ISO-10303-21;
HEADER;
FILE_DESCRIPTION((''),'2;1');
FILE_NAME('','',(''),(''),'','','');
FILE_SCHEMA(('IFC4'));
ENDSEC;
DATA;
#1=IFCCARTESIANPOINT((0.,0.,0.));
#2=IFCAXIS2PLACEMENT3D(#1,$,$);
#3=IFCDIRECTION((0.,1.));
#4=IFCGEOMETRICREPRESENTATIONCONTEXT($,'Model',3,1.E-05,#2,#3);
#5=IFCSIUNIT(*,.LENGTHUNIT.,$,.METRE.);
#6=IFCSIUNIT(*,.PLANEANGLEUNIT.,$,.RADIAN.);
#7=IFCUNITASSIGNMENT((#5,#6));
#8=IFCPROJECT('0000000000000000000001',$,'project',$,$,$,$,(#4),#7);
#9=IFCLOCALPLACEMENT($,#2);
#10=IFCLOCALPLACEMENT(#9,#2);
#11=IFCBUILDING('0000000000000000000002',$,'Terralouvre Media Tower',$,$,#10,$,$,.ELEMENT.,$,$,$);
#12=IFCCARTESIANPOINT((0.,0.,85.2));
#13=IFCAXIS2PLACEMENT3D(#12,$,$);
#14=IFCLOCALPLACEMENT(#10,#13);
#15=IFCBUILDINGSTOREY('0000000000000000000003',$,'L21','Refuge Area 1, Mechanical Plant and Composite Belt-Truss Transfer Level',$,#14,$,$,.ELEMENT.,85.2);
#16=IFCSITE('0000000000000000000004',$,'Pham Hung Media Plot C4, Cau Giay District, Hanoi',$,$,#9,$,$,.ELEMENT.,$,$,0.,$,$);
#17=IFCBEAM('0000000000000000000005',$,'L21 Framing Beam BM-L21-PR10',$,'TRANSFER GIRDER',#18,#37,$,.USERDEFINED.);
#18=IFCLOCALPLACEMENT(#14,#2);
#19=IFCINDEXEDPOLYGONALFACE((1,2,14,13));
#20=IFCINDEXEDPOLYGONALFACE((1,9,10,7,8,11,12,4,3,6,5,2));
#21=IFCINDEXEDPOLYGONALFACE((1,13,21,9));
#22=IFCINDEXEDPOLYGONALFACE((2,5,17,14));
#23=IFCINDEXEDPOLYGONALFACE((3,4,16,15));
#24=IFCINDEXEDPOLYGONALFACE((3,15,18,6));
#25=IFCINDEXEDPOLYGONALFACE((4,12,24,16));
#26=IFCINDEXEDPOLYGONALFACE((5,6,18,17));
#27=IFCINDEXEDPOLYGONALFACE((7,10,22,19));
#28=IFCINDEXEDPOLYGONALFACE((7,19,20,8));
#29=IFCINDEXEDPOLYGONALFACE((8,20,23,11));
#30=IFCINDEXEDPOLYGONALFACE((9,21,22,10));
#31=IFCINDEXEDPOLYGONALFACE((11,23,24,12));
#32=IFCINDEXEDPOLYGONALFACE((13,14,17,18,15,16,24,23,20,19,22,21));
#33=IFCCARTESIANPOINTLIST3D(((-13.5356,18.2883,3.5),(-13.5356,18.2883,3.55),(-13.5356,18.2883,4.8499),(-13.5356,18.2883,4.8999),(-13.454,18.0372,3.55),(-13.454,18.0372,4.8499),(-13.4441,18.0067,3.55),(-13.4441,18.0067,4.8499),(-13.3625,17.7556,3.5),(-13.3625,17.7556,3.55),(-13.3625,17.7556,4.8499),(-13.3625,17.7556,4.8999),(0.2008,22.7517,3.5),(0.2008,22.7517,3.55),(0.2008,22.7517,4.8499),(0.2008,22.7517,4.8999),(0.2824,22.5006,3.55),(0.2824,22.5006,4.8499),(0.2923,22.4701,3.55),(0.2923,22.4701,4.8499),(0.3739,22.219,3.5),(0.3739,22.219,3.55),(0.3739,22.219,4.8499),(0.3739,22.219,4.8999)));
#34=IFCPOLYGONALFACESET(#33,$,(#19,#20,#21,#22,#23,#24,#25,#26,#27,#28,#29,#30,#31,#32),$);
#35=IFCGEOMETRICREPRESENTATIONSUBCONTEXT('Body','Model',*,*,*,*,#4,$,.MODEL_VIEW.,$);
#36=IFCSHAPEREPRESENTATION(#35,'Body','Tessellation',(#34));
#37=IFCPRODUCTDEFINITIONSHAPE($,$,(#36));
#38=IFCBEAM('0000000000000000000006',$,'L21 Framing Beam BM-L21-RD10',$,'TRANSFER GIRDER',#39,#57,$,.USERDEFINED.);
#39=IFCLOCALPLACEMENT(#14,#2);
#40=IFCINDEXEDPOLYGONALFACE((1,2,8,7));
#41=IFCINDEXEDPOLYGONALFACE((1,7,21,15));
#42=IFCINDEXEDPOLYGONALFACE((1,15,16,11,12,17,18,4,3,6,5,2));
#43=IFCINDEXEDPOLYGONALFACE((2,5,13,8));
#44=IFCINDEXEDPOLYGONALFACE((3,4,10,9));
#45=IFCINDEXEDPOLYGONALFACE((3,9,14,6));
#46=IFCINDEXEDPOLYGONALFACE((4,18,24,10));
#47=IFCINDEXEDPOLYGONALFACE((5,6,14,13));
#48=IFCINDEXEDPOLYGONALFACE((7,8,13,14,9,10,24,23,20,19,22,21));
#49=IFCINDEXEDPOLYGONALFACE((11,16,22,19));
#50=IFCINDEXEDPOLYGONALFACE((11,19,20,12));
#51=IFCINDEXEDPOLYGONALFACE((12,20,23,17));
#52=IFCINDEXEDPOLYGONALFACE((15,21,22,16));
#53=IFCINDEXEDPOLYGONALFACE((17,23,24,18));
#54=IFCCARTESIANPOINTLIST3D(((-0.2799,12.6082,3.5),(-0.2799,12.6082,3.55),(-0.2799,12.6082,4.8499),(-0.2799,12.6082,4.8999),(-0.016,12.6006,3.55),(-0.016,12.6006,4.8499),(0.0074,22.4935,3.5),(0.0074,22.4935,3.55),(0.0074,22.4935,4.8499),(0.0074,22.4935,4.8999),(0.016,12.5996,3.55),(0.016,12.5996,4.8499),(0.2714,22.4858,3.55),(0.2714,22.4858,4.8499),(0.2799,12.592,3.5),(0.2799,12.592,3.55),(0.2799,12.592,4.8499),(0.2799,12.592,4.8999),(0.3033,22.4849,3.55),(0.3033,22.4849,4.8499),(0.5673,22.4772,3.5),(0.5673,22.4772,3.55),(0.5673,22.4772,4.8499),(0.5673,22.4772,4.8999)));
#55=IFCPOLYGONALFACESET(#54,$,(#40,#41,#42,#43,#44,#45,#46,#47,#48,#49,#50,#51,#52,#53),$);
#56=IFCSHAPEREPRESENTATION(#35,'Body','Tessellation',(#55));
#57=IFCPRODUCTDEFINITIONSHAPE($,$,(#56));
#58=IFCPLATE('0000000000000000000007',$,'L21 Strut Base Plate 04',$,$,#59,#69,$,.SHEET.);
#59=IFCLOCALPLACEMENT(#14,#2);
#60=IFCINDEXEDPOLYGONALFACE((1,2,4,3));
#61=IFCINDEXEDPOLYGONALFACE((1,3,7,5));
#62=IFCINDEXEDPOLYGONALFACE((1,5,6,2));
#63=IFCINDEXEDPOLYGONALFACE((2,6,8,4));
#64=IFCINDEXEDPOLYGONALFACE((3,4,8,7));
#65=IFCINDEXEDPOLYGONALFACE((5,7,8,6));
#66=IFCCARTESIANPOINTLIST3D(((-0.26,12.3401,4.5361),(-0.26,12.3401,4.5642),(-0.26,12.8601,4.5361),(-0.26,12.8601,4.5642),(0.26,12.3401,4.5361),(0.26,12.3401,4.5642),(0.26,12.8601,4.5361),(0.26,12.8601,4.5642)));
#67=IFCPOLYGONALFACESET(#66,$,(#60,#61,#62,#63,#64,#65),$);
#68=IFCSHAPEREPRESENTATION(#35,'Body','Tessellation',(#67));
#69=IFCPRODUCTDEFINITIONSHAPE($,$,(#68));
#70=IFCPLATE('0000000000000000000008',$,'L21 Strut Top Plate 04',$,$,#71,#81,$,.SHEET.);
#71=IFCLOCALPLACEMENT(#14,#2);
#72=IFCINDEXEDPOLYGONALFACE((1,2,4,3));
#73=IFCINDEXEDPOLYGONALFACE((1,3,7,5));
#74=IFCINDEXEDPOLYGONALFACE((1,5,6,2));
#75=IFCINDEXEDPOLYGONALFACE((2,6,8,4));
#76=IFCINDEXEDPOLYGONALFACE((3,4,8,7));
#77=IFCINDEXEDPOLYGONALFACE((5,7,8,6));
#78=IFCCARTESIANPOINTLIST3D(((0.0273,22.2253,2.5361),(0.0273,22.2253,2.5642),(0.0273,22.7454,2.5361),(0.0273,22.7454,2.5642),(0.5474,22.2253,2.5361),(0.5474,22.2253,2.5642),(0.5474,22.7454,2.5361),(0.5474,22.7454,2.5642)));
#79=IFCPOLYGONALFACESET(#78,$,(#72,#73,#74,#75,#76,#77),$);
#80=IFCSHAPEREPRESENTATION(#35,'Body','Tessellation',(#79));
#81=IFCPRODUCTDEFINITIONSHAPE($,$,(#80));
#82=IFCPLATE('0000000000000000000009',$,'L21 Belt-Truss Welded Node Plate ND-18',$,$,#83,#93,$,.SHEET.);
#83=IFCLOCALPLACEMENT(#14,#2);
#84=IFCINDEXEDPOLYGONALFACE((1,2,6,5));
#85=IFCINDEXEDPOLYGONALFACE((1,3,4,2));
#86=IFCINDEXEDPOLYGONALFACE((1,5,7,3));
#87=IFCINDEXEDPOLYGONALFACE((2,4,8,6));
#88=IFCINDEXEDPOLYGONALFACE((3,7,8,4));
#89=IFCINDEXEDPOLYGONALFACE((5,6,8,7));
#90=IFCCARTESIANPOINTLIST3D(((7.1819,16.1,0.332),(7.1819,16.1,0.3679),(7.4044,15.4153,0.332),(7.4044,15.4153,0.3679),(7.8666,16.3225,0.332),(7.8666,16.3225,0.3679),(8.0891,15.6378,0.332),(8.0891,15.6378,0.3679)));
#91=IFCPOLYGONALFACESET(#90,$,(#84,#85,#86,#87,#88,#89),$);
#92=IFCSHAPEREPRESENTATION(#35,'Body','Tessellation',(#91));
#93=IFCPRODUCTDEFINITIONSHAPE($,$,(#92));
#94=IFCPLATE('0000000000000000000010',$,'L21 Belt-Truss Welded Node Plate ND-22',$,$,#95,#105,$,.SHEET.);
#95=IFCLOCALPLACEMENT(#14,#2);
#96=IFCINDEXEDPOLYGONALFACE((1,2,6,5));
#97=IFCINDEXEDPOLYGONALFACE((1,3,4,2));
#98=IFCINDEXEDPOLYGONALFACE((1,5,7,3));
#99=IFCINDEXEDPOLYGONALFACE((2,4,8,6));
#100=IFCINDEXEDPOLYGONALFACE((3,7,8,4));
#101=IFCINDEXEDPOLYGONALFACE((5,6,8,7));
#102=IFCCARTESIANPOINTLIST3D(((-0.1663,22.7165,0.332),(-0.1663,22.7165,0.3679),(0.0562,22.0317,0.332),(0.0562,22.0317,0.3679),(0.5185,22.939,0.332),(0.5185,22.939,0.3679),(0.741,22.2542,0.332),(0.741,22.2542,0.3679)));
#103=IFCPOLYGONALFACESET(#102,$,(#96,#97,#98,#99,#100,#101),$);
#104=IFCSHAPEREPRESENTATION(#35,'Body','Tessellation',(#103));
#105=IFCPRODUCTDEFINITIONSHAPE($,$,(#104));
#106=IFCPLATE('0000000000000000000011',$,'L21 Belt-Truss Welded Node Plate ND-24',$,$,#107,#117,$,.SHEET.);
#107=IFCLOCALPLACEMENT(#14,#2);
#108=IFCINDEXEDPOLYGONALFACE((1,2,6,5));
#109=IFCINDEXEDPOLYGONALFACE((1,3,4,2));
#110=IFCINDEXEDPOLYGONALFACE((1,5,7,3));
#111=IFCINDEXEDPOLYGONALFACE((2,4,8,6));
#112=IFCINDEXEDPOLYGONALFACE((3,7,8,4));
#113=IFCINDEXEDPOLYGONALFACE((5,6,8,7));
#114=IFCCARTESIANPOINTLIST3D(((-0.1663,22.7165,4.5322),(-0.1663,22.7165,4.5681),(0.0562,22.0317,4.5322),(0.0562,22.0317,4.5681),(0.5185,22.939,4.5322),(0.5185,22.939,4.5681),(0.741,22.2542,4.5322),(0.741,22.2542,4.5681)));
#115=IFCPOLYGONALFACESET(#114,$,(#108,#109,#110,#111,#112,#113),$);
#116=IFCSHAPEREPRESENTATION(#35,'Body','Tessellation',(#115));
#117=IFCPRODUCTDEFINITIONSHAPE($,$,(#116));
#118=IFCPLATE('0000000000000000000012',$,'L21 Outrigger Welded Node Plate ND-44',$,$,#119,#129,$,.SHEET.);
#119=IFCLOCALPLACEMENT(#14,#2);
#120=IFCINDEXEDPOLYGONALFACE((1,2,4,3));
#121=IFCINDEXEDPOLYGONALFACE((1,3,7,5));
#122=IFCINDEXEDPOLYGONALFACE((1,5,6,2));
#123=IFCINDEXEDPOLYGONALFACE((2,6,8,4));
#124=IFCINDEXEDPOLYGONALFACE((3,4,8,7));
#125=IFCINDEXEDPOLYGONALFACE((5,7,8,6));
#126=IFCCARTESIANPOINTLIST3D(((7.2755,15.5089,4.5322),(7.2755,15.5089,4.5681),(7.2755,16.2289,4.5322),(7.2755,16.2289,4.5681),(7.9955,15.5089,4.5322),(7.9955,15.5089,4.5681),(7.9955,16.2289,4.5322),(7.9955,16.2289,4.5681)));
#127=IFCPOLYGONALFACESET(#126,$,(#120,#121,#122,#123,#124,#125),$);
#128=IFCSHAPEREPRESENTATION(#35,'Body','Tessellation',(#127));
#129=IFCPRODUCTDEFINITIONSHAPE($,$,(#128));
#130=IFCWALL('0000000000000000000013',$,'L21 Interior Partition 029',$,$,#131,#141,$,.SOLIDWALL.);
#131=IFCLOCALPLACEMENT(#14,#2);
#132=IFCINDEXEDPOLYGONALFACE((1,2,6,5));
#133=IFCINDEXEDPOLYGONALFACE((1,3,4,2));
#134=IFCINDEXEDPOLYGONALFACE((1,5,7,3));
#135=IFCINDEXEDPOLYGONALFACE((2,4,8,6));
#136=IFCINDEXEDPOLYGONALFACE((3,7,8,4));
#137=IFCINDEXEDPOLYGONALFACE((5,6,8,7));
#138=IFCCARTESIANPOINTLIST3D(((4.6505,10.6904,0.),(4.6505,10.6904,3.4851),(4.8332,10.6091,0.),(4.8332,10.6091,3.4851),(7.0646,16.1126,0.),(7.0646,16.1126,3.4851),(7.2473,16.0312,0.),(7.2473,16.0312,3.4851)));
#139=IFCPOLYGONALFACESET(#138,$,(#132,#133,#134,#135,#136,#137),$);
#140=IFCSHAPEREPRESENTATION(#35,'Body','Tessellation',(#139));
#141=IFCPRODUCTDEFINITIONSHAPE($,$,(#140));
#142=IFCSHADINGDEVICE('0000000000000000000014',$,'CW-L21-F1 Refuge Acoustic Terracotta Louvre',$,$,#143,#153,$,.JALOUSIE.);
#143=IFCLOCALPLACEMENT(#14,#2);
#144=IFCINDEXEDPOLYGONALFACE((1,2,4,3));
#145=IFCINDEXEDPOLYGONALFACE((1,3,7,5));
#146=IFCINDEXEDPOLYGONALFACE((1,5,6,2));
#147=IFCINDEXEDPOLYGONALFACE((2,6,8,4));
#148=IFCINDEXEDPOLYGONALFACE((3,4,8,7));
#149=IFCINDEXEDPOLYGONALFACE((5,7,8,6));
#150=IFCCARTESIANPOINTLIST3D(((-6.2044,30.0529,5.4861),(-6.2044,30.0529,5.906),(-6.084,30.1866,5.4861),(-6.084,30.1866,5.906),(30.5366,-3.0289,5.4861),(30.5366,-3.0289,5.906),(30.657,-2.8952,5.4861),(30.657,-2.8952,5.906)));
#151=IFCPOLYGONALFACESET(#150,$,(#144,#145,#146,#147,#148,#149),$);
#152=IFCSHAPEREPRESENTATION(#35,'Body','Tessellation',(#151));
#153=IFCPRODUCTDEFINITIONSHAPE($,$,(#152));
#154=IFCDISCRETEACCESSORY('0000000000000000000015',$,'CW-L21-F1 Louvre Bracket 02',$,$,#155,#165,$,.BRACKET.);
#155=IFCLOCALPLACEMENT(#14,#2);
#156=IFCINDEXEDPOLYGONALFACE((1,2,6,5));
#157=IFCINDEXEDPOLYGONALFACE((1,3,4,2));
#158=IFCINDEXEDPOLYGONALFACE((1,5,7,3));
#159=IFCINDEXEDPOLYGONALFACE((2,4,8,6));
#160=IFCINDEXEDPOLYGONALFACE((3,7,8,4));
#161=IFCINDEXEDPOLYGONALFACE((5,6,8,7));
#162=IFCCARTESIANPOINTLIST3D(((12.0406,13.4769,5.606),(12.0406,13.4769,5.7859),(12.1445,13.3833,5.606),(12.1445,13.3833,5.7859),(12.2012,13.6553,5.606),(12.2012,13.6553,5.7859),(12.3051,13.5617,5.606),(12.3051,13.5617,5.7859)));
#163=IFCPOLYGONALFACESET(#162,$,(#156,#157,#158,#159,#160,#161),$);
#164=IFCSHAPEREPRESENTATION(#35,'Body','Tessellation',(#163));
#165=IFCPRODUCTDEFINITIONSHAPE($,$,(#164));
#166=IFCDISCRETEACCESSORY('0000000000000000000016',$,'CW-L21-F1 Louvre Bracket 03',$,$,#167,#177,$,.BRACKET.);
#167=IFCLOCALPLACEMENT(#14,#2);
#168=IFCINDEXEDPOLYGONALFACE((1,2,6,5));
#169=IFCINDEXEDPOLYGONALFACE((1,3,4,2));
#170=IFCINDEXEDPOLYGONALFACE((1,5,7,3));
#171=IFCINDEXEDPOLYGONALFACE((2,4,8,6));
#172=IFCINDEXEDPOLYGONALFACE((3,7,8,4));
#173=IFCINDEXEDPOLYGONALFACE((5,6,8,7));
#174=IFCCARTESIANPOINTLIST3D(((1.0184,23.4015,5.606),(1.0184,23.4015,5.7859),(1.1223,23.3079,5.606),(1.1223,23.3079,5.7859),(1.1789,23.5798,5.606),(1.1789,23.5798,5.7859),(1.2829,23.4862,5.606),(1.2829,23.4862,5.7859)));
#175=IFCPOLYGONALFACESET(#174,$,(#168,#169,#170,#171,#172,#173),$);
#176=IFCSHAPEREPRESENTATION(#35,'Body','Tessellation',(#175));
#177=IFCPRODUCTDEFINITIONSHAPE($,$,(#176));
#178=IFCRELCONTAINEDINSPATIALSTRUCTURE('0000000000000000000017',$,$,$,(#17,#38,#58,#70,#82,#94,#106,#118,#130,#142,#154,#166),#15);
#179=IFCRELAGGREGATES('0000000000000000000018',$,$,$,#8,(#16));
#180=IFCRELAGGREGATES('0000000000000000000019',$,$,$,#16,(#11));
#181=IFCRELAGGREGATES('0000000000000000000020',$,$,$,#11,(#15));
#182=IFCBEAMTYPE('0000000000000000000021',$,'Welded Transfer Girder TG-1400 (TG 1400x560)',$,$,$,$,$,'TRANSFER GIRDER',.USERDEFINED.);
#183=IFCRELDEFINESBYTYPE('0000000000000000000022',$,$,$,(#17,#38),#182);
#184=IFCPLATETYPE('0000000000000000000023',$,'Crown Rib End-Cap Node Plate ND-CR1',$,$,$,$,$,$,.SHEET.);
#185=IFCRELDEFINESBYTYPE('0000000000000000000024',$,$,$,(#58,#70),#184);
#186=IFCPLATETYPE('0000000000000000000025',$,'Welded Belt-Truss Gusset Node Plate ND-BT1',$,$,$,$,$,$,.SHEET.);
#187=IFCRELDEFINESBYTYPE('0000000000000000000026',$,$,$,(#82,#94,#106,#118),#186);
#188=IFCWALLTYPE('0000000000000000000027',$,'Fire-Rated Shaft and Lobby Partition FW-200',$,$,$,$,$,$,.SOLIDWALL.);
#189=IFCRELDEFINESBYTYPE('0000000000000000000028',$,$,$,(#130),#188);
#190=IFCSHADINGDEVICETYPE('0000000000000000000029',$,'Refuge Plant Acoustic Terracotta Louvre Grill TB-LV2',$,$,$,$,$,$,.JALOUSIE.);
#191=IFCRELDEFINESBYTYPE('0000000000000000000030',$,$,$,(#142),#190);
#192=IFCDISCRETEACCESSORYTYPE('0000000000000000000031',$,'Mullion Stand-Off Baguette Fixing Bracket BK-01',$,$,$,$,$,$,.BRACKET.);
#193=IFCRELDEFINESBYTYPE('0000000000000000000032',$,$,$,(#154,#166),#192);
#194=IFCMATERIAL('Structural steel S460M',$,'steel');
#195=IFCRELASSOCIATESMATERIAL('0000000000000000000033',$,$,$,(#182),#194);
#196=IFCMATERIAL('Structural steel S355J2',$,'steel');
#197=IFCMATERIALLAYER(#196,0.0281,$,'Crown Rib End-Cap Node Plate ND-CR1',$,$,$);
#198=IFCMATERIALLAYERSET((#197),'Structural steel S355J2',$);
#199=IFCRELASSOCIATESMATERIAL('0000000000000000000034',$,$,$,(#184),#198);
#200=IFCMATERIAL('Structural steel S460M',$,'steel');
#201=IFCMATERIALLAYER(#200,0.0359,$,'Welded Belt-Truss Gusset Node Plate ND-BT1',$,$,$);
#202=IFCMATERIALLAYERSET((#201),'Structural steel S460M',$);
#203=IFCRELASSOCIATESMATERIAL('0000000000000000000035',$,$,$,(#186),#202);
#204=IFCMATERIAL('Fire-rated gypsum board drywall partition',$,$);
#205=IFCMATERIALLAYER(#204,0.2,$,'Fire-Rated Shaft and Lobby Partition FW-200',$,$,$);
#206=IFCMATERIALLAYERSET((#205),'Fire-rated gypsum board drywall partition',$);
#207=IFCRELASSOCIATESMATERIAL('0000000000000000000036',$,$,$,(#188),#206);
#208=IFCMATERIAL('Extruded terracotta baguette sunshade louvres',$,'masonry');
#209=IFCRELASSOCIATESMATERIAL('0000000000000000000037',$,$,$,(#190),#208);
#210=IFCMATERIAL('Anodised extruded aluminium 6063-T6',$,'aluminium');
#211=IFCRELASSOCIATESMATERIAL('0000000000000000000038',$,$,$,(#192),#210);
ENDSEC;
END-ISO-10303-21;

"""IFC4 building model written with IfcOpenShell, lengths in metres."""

from ifc_helpers import new_model, si_unit, direction, frame, frame_2d, origin, origin_2d, place, context, subcontext, project, spatial, rectangle, i_section, extrude, material, layer, layer_set, material_profile, profile_set, type_object, element, save


model = new_model("IFC4")

# Units and contexts
model_context = context("Model", 3, precision=1e-05, world=origin(), true_north=direction((0.0, 1.0)))
body_context = subcontext(model_context, "Body", "Model", "MODEL_VIEW")
ifc_project = project(units=[si_unit("LENGTHUNIT", "METRE"), si_unit("PLANEANGLEUNIT", "RADIAN")], contexts=[model_context])

# Site, building, storey
site_placement = place(None, origin())
site = spatial("IfcSite", under=ifc_project, at=site_placement, Name="Pham Hung Media Plot C4, Cau Giay District, Hanoi", CompositionType="ELEMENT", RefElevation=0.0)
building_placement = place(site_placement, origin())
building = spatial("IfcBuilding", under=site, at=building_placement, Name="Terralouvre Media Tower", CompositionType="ELEMENT")
storey_placement = place(building_placement, frame((0.0, 0.0, 85.2)))
storey = spatial("IfcBuildingStorey", under=building, at=storey_placement, Name="L21", Description="Refuge Area 1, Mechanical Plant and Composite Belt-Truss Transfer Level", CompositionType="ELEMENT", Elevation=85.2)

# Beams
ifc_material_1 = material(Name="Structural steel S460M", Category="steel")
ifc_material_profile_1 = material_profile(ifc_material_1, i_section(OverallWidth=0.5601, OverallDepth=1.3999, WebThickness=0.032, FlangeThickness=0.05, at=origin_2d()), Name="TG 1400x560")
ifc_profile_set_1 = profile_set([ifc_material_profile_1], Name="Structural steel S460M")
beam_type_1 = type_object("IfcBeamType", Name="Welded Transfer Girder TG-1400 (TG 1400x560)", ElementType="TRANSFER GIRDER", PredefinedType="USERDEFINED", material=ifc_profile_set_1)
beam_1_placement = place(storey_placement, frame((0.2874, 22.4854, 4.2), z_axis=(-0.951053, -0.309028, 0.0), x_axis=(0.309028, -0.951053, 0.0)))
element("IfcBeam", 1, at=beam_1_placement, inside=storey, type_object=beam_type_1, Name="L21 Framing Beam BM-L21-PR10", ObjectType="TRANSFER GIRDER", PredefinedType="USERDEFINED", context=body_context, shape_type="SweptSolid", body=[
    extrude(i_section(OverallWidth=0.5601, OverallDepth=1.3999, WebThickness=0.032, FlangeThickness=0.05, at=origin_2d()), origin(), (0.0, 0.0, 1.0), 14.4434),
])
beam_2_placement = place(storey_placement, frame((0.0, 12.6001, 4.2), z_axis=(0.029057, 0.999578, 0.0), x_axis=(-0.999578, 0.029057, 0.0)))
element("IfcBeam", 2, at=beam_2_placement, inside=storey, type_object=beam_type_1, Name="L21 Framing Beam BM-L21-RD10", ObjectType="TRANSFER GIRDER", PredefinedType="USERDEFINED", context=body_context, shape_type="SweptSolid", body=[
    extrude(i_section(OverallWidth=0.5601, OverallDepth=1.3999, WebThickness=0.032, FlangeThickness=0.05, at=origin_2d()), origin(), (0.0, 0.0, 1.0), 9.8894),
])

# Plates
ifc_material_2 = material(Name="Structural steel S355J2", Category="steel")
ifc_layer_1 = layer(ifc_material_2, 0.0281, Name="Crown Rib End-Cap Node Plate ND-CR1")
ifc_layer_set_1 = layer_set([ifc_layer_1], Name="Structural steel S355J2")
plate_type_1 = type_object("IfcPlateType", Name="Crown Rib End-Cap Node Plate ND-CR1", PredefinedType="SHEET", material=ifc_layer_set_1)
for number, where, z_axis, x_axis, name in (
    (3, (0.0, 12.6001, 4.5361), (0.0, 0.0, 1.0), (1.0, 0.0, 0.0), "L21 Strut Base Plate 04"),
    (4, (0.2874, 22.4854, 2.5361), (0.0, 0.0, 1.0), (1.0, 0.0, 0.0), "L21 Strut Top Plate 04"),
):
    element("IfcPlate", number, at=place(storey_placement, frame(where, z_axis=z_axis, x_axis=x_axis)), inside=storey, type_object=plate_type_1, Name=name, PredefinedType="SHEET", context=body_context, shape_type="SweptSolid", body=[
        extrude(rectangle(XDim=0.52, YDim=0.52, at=origin_2d()), origin(), (0.0, 0.0, 1.0), 0.0281),
    ])
ifc_material_3 = material(Name="Structural steel S460M", Category="steel")
ifc_layer_2 = layer(ifc_material_3, 0.0359, Name="Welded Belt-Truss Gusset Node Plate ND-BT1")
ifc_layer_set_2 = layer_set([ifc_layer_2], Name="Structural steel S460M")
plate_type_2 = type_object("IfcPlateType", Name="Welded Belt-Truss Gusset Node Plate ND-BT1", PredefinedType="SHEET", material=ifc_layer_set_2)
for number, where, z_axis, x_axis, name in (
    (5, (7.6355, 15.8689, 0.332), (0.0, 0.0, 1.0), (0.951057, 0.309017, 0.0), "L21 Belt-Truss Welded Node Plate ND-18"),
    (6, (0.2874, 22.4854, 0.332), (0.0, 0.0, 1.0), (0.951057, 0.309017, 0.0), "L21 Belt-Truss Welded Node Plate ND-22"),
    (7, (0.2874, 22.4854, 4.5322), (0.0, 0.0, 1.0), (0.951057, 0.309017, 0.0), "L21 Belt-Truss Welded Node Plate ND-24"),
    (8, (7.6355, 15.8689, 4.5322), (0.0, 0.0, 1.0), (1.0, 0.0, 0.0), "L21 Outrigger Welded Node Plate ND-44"),
):
    element("IfcPlate", number, at=place(storey_placement, frame(where, z_axis=z_axis, x_axis=x_axis)), inside=storey, type_object=plate_type_2, Name=name, PredefinedType="SHEET", context=body_context, shape_type="SweptSolid", body=[
        extrude(rectangle(XDim=0.72, YDim=0.72, at=origin_2d()), origin(), (0.0, 0.0, 1.0), 0.0359),
    ])

# Wall
ifc_material_4 = material(Name="Fire-rated gypsum board drywall partition")
ifc_layer_3 = layer(ifc_material_4, 0.2, Name="Fire-Rated Shaft and Lobby Partition FW-200")
ifc_layer_set_3 = layer_set([ifc_layer_3], Name="Fire-rated gypsum board drywall partition")
wall_type = type_object("IfcWallType", Name="Fire-Rated Shaft and Lobby Partition FW-200", PredefinedType="SOLIDWALL", material=ifc_layer_set_3)
wall_placement = place(storey_placement, frame((7.156, 16.072, 0.0), z_axis=(0.0, 0.0, 1.0), x_axis=(-0.406734, -0.913547, 0.0)))
element("IfcWall", 9, at=wall_placement, inside=storey, type_object=wall_type, Name="L21 Interior Partition 029", PredefinedType="SOLIDWALL", context=body_context, shape_type="SweptSolid", body=[
    extrude(rectangle(XDim=5.9353, YDim=0.2, at=frame_2d((2.9678, 0.0))), origin(), (0.0, 0.0, 1.0), 3.4851),
])

# Shading device
ifc_material_5 = material(Name="Extruded terracotta baguette sunshade louvres", Category="masonry")
shading_device_type = type_object("IfcShadingDeviceType", Name="Refuge Plant Acoustic Terracotta Louvre Grill TB-LV2", PredefinedType="JALOUSIE", material=ifc_material_5)
shading_device_placement = place(storey_placement, frame((12.2263, 13.5789, 5.4861), z_axis=(0.0, 0.0, 1.0), x_axis=(-0.743145, 0.669131, 0.0)))
element("IfcShadingDevice", 10, at=shading_device_placement, inside=storey, type_object=shading_device_type, Name="CW-L21-F1 Refuge Acoustic Terracotta Louvre", PredefinedType="JALOUSIE", context=body_context, shape_type="SweptSolid", body=[
    extrude(rectangle(XDim=49.4399, YDim=0.1799, at=origin_2d()), origin(), (0.0, 0.0, 1.0), 0.4199),
])

# Discrete accessories
ifc_material_6 = material(Name="Anodised extruded aluminium 6063-T6", Category="aluminium")
discrete_accessory_type = type_object("IfcDiscreteAccessoryType", Name="Mullion Stand-Off Baguette Fixing Bracket BK-01", PredefinedType="BRACKET", material=ifc_material_6)
for number, where, z_axis, x_axis, name in (
    (11, (12.1729, 13.5193, 5.606), (0.0, 0.0, 1.0), (-0.743145, 0.669131, 0.0), "CW-L21-F1 Louvre Bracket 02"),
    (12, (1.1506, 23.4438, 5.606), (0.0, 0.0, 1.0), (-0.743145, 0.669131, 0.0), "CW-L21-F1 Louvre Bracket 03"),
):
    element("IfcDiscreteAccessory", number, at=place(storey_placement, frame(where, z_axis=z_axis, x_axis=x_axis)), inside=storey, type_object=discrete_accessory_type, Name=name, PredefinedType="BRACKET", context=body_context, shape_type="SweptSolid", body=[
        extrude(rectangle(XDim=0.1399, YDim=0.24, at=origin_2d()), origin(), (0.0, 0.0, 1.0), 0.1799),
    ])

save(model, "model.ifc")
